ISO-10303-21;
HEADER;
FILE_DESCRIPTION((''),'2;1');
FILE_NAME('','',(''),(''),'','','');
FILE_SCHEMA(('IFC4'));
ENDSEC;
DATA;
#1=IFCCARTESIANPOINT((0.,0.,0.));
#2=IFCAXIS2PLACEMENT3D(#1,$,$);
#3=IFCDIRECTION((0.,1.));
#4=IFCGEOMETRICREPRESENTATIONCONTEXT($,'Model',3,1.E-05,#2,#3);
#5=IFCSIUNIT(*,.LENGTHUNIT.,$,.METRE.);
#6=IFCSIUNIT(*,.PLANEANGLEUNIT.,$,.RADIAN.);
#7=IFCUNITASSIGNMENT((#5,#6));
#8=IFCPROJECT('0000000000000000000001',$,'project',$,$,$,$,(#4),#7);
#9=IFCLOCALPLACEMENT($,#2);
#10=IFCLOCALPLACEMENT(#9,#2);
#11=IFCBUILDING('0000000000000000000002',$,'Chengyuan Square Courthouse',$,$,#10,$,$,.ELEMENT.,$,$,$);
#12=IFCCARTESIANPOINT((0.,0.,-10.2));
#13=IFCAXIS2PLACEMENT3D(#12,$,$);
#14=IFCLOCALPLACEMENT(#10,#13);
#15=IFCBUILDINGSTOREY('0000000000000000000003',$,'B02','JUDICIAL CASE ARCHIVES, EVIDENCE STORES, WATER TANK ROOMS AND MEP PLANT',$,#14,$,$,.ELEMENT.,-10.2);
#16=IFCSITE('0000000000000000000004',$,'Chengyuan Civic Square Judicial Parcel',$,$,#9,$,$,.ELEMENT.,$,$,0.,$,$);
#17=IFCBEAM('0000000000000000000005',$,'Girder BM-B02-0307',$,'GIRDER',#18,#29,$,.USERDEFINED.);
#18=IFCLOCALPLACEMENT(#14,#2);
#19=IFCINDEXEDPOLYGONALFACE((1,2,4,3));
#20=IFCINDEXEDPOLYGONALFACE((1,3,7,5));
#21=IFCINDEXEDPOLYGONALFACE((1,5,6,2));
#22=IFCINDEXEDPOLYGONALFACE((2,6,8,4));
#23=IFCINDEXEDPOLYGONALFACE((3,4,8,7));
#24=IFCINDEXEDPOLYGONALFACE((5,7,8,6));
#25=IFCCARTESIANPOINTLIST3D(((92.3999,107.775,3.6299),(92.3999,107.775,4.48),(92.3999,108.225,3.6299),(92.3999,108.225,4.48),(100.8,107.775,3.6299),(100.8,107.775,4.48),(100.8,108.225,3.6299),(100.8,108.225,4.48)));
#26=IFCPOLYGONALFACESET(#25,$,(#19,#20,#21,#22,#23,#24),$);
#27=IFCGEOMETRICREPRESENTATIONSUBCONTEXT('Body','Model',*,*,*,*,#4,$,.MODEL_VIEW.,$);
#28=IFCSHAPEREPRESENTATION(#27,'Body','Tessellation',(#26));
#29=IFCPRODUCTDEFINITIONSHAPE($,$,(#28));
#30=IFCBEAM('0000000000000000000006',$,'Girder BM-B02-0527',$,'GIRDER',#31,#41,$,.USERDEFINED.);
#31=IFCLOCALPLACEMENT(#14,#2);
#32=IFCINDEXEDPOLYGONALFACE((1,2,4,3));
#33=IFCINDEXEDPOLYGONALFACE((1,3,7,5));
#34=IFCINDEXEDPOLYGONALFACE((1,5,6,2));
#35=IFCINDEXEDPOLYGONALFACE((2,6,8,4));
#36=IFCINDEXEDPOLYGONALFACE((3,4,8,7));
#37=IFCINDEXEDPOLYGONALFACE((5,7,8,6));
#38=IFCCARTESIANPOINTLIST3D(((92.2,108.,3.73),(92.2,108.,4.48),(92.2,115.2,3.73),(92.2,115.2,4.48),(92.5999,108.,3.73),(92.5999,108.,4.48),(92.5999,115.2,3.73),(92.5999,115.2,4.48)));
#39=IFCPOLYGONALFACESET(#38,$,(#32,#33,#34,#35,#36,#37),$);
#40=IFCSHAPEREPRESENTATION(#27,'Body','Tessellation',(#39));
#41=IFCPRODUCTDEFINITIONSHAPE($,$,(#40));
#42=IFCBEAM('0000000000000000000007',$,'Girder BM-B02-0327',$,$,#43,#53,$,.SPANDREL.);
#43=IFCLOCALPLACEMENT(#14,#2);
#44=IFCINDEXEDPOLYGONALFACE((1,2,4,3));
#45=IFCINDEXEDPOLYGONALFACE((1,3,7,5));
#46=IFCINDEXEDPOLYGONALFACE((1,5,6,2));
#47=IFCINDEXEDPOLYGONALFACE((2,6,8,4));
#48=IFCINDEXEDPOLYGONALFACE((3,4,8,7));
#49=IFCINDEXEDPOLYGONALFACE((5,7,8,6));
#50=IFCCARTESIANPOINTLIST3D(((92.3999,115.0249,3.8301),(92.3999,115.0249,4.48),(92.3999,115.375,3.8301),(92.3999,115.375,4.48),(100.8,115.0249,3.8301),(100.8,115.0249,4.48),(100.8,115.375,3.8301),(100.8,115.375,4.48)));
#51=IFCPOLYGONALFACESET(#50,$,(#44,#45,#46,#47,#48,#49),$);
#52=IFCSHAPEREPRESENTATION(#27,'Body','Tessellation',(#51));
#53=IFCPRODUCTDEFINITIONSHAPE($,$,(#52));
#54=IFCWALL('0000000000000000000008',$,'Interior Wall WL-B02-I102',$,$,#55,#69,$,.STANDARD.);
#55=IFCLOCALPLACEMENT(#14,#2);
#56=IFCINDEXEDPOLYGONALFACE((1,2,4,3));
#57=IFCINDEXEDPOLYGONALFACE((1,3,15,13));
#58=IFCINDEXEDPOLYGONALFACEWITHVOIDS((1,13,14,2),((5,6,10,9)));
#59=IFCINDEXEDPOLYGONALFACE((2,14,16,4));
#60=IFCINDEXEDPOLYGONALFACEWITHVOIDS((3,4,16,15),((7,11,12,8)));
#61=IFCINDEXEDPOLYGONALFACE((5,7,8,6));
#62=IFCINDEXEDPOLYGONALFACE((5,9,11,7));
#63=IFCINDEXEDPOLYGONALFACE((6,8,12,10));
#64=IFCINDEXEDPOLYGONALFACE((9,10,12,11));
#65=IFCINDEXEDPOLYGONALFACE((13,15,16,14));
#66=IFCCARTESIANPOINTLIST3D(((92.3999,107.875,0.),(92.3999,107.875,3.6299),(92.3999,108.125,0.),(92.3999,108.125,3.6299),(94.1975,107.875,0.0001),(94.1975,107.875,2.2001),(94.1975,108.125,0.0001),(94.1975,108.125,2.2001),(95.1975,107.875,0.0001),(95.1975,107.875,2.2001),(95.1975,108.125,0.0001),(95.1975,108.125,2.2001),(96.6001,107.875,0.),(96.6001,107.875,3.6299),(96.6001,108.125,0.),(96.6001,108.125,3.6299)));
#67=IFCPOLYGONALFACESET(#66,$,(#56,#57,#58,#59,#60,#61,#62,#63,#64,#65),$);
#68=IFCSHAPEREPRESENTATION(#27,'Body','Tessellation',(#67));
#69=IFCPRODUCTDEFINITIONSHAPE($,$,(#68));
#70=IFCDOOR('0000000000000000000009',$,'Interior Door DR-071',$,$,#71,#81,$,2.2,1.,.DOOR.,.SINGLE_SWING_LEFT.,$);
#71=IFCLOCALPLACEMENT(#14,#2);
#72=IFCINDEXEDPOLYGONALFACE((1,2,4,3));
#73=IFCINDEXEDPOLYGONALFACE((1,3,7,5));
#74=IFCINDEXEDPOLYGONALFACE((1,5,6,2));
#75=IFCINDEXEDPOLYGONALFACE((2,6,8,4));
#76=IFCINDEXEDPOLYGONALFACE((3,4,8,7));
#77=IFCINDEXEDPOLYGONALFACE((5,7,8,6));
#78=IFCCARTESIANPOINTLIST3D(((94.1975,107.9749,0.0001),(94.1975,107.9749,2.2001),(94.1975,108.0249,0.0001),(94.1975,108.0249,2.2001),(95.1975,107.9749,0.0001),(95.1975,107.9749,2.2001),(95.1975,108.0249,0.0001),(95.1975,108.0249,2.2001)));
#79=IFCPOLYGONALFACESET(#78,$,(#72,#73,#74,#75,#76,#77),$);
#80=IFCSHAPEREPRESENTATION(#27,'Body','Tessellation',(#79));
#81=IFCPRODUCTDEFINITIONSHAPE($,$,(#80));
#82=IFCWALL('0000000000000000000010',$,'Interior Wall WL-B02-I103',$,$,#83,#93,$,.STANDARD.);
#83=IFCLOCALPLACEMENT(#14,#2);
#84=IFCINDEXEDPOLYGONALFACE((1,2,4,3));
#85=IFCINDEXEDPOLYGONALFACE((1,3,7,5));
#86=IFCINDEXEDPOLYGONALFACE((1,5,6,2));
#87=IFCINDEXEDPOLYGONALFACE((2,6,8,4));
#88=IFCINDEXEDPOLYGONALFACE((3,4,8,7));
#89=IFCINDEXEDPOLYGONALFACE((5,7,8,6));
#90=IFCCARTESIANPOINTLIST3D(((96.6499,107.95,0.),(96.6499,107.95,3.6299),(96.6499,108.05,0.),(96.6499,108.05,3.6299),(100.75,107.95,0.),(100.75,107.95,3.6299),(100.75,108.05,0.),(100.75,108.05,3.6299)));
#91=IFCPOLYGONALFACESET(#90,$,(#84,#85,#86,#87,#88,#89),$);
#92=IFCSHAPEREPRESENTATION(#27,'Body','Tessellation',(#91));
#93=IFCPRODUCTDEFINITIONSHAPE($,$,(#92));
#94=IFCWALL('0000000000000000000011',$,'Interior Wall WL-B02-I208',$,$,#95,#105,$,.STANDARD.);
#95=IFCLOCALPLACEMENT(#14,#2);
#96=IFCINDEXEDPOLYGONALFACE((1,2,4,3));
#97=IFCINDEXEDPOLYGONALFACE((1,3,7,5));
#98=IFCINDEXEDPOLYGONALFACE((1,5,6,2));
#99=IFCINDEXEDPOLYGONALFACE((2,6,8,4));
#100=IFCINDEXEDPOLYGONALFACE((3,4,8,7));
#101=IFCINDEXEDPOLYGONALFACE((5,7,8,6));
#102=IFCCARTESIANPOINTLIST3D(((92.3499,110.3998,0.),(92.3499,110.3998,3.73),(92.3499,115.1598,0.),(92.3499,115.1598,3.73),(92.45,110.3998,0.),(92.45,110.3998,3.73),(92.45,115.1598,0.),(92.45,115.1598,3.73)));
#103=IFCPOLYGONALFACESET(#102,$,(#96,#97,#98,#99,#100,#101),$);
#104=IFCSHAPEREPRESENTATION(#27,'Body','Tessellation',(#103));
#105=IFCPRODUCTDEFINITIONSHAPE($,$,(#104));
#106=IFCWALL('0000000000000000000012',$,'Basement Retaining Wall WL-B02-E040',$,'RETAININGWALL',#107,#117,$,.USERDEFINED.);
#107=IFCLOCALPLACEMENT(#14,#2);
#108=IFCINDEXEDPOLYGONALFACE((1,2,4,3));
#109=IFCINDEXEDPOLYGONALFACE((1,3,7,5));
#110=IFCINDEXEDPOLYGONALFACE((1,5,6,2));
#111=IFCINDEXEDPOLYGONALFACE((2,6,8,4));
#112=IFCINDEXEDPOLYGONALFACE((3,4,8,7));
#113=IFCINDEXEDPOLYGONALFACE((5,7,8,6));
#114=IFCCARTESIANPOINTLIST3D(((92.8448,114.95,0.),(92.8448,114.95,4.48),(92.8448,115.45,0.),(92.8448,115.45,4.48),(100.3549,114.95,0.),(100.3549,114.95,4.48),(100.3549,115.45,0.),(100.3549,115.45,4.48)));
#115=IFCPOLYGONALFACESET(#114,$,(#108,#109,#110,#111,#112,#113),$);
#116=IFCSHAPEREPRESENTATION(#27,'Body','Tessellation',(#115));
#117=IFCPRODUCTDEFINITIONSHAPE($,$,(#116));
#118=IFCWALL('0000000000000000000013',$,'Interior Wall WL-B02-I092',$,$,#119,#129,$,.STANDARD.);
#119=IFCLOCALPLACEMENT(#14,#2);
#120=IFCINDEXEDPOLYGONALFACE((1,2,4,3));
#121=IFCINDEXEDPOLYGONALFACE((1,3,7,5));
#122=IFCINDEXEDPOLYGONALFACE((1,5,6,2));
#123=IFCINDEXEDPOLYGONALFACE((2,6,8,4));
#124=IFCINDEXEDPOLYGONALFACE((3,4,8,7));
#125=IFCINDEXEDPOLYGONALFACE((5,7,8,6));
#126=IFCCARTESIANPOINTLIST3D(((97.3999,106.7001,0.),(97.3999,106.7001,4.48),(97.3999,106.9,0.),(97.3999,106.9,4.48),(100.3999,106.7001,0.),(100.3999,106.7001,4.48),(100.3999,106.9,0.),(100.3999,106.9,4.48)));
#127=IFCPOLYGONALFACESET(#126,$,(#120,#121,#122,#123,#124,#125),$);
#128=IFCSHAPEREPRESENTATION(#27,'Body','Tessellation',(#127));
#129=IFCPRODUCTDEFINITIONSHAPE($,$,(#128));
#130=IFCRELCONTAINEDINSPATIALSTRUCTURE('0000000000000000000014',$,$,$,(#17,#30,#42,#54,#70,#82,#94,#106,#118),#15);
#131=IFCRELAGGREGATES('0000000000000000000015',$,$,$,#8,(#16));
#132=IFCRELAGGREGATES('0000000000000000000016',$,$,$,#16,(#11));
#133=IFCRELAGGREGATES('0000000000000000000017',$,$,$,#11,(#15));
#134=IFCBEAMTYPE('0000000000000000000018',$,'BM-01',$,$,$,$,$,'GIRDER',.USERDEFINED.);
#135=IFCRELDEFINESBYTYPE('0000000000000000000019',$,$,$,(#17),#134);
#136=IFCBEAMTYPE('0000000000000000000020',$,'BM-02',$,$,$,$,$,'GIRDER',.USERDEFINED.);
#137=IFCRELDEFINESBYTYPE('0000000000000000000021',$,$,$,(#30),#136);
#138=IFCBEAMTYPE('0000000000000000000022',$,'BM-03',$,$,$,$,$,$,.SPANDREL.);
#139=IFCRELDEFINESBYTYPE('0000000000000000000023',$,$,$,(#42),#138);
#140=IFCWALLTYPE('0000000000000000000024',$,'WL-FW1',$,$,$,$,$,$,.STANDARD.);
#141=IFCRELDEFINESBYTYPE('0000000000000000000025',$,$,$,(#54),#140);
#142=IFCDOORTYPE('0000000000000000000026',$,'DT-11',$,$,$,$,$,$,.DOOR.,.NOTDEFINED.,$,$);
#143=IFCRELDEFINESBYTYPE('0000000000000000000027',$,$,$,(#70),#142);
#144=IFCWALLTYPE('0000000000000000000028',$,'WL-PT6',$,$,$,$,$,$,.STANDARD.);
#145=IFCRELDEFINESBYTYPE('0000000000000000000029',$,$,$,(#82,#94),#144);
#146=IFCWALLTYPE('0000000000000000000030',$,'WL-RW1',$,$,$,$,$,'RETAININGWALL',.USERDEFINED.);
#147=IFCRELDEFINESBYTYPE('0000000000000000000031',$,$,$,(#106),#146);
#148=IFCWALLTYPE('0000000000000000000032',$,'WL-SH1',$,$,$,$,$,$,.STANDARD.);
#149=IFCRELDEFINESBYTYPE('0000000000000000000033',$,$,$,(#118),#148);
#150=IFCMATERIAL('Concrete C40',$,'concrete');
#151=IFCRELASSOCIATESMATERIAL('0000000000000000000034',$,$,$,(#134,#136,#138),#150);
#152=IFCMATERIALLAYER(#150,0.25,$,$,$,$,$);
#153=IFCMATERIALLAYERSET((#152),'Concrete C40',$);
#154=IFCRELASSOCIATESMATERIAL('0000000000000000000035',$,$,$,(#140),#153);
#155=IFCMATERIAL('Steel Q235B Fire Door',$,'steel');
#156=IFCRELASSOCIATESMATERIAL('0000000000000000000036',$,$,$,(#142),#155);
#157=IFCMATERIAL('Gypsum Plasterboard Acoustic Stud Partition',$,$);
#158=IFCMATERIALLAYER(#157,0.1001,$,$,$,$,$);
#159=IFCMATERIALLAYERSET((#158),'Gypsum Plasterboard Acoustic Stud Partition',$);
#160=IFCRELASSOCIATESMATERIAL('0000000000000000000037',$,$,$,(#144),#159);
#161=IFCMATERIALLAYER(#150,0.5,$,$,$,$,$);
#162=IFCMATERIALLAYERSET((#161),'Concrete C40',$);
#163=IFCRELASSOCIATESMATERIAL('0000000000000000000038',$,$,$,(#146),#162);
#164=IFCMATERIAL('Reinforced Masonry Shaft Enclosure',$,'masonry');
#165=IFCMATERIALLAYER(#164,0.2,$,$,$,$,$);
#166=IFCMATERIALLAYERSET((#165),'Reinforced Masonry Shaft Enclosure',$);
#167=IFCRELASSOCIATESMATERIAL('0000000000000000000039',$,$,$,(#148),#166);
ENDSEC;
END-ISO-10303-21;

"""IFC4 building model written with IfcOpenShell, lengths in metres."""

from ifc_helpers import new_model, si_unit, direction, frame, frame_2d, origin, origin_2d, place, context, subcontext, project, spatial, rectangle, extrude, material, layer, layer_set, material_profile, profile_set, type_object, element, fill, save


model = new_model("IFC4")

# Units and contexts
model_context = context("Model", 3, precision=1e-05, world=origin(), true_north=direction((0.0, 1.0)))
body_context = subcontext(model_context, "Body", "Model", "MODEL_VIEW")
ifc_project = project(units=[si_unit("LENGTHUNIT", "METRE"), si_unit("PLANEANGLEUNIT", "RADIAN")], contexts=[model_context])

# Site, building, storey
site_placement = place(None, origin())
site = spatial("IfcSite", under=ifc_project, at=site_placement, Name="Chengyuan Civic Square Judicial Parcel", CompositionType="ELEMENT", RefElevation=0.0)
building_placement = place(site_placement, origin())
building = spatial("IfcBuilding", under=site, at=building_placement, Name="Chengyuan Square Courthouse", CompositionType="ELEMENT")
storey_placement = place(building_placement, frame((0.0, 0.0, -10.2)))
storey = spatial("IfcBuildingStorey", under=building, at=storey_placement, Name="B02", Description="JUDICIAL CASE ARCHIVES, EVIDENCE STORES, WATER TANK ROOMS AND MEP PLANT", CompositionType="ELEMENT", Elevation=-10.2)

# Shared definitions
ifc_material_1 = material(Name="Concrete C40", Category="concrete")

# Beams
ifc_material_profile_1 = material_profile(ifc_material_1, rectangle(XDim=0.45, YDim=0.8501, at=origin_2d()), Name="RC-BM-450x850")
ifc_profile_set_1 = profile_set([ifc_material_profile_1], Name="Concrete C40")
beam_type_1 = type_object("IfcBeamType", Name="BM-01", ElementType="GIRDER", PredefinedType="USERDEFINED", material=ifc_profile_set_1)
beam_1_placement = place(storey_placement, frame((92.3999, 108.0, 4.0549), z_axis=(1.0, 0.0, 0.0), x_axis=(0.0, 1.0, 0.0)))
element("IfcBeam", 1, at=beam_1_placement, inside=storey, type_object=beam_type_1, Name="Girder BM-B02-0307", ObjectType="GIRDER", PredefinedType="USERDEFINED", context=body_context, shape_type="SweptSolid", body=[
    extrude(rectangle(XDim=0.45, YDim=0.8501, at=origin_2d()), origin(), (0.0, 0.0, 1.0), 8.4001),
])
ifc_material_profile_2 = material_profile(ifc_material_1, rectangle(XDim=0.3999, YDim=0.75, at=origin_2d()), Name="RC-BM-400x750")
ifc_profile_set_2 = profile_set([ifc_material_profile_2], Name="Concrete C40")
beam_type_2 = type_object("IfcBeamType", Name="BM-02", ElementType="GIRDER", PredefinedType="USERDEFINED", material=ifc_profile_set_2)
beam_2_placement = place(storey_placement, frame((92.3999, 108.0, 4.105), z_axis=(0.0, 1.0, 0.0), x_axis=(-1.0, 0.0, 0.0)))
element("IfcBeam", 2, at=beam_2_placement, inside=storey, type_object=beam_type_2, Name="Girder BM-B02-0527", ObjectType="GIRDER", PredefinedType="USERDEFINED", context=body_context, shape_type="SweptSolid", body=[
    extrude(rectangle(XDim=0.3999, YDim=0.75, at=origin_2d()), origin(), (0.0, 0.0, 1.0), 7.2),
])
ifc_material_profile_3 = material_profile(ifc_material_1, rectangle(XDim=0.3501, YDim=0.6499, at=origin_2d()), Name="RC-BM-350x650")
ifc_profile_set_3 = profile_set([ifc_material_profile_3], Name="Concrete C40")
beam_type_3 = type_object("IfcBeamType", Name="BM-03", PredefinedType="SPANDREL", material=ifc_profile_set_3)
beam_3_placement = place(storey_placement, frame((92.3999, 115.2, 4.155), z_axis=(1.0, 0.0, 0.0), x_axis=(0.0, 1.0, 0.0)))
element("IfcBeam", 3, at=beam_3_placement, inside=storey, type_object=beam_type_3, Name="Girder BM-B02-0327", PredefinedType="SPANDREL", context=body_context, shape_type="SweptSolid", body=[
    extrude(rectangle(XDim=0.3501, YDim=0.6499, at=origin_2d()), origin(), (0.0, 0.0, 1.0), 8.4001),
])

# Wall, opening, door
ifc_layer_1 = layer(ifc_material_1, 0.25)
ifc_layer_set_1 = layer_set([ifc_layer_1], Name="Concrete C40")
wall_type_1 = type_object("IfcWallType", Name="WL-FW1", PredefinedType="STANDARD", material=ifc_layer_set_1)
wall_1_placement = place(storey_placement, frame((92.3999, 108.0, 0.0), z_axis=(0.0, 0.0, 1.0), x_axis=(1.0, 0.0, 0.0)))
wall_1 = element("IfcWall", 4, at=wall_1_placement, inside=storey, type_object=wall_type_1, Name="Interior Wall WL-B02-I102", PredefinedType="STANDARD", context=body_context, shape_type="SweptSolid", body=[
    extrude(rectangle(XDim=4.2002, YDim=0.25, at=frame_2d((2.1001, 0.0))), origin(), (0.0, 0.0, 1.0), 3.6299),
])
opening_placement = place(wall_1_placement, frame((1.7976, 0.0, 0.0)))
opening = element("IfcOpeningElement", 5, at=opening_placement, cuts=wall_1, PredefinedType="OPENING", context=body_context, shape_type="SweptSolid", body=[
    extrude(rectangle(XDim=1.0, YDim=2.2, at=frame_2d((0.5, 1.1001))), frame((0.0, 0.137, 0.0), z_axis=(0.0, -1.0, 0.0), x_axis=(1.0, 0.0, 0.0)), (0.0, 0.0, 1.0), 0.2739),
])
ifc_material_2 = material(Name="Steel Q235B Fire Door", Category="steel")
door_type = type_object("IfcDoorType", Name="DT-11", OperationType="NOTDEFINED", PredefinedType="DOOR", material=ifc_material_2)
door_placement = place(opening_placement, origin())
door = element("IfcDoor", 6, at=door_placement, inside=storey, type_object=door_type, Name="Interior Door DR-071", OperationType="SINGLE_SWING_LEFT", OverallHeight=2.2, OverallWidth=1.0, PredefinedType="DOOR", context=body_context, shape_type="SweptSolid", body=[
    extrude(rectangle(XDim=1.0, YDim=2.2, at=frame_2d((0.5, 1.1001))), frame((0.0, 0.0249, 0.0), z_axis=(0.0, -1.0, 0.0), x_axis=(1.0, 0.0, 0.0)), (0.0, 0.0, 1.0), 0.05),
])
fill(opening, door)

# Walls
ifc_material_3 = material(Name="Gypsum Plasterboard Acoustic Stud Partition")
ifc_layer_2 = layer(ifc_material_3, 0.1001)
ifc_layer_set_2 = layer_set([ifc_layer_2], Name="Gypsum Plasterboard Acoustic Stud Partition")
wall_type_2 = type_object("IfcWallType", Name="WL-PT6", PredefinedType="STANDARD", material=ifc_layer_set_2)
wall_2_placement = place(storey_placement, frame((96.6499, 108.0, 0.0), z_axis=(0.0, 0.0, 1.0), x_axis=(1.0, 0.0, 0.0)))
element("IfcWall", 7, at=wall_2_placement, inside=storey, type_object=wall_type_2, Name="Interior Wall WL-B02-I103", PredefinedType="STANDARD", context=body_context, shape_type="SweptSolid", body=[
    extrude(rectangle(XDim=4.1001, YDim=0.1001, at=frame_2d((2.05, 0.0))), origin(), (0.0, 0.0, 1.0), 3.6299),
])
wall_3_placement = place(storey_placement, frame((92.3999, 110.3999, 0.0), z_axis=(0.0, 0.0, 1.0), x_axis=(0.0, 1.0, 0.0)))
element("IfcWall", 8, at=wall_3_placement, inside=storey, type_object=wall_type_2, Name="Interior Wall WL-B02-I208", PredefinedType="STANDARD", context=body_context, shape_type="SweptSolid", body=[
    extrude(rectangle(XDim=4.76, YDim=0.1001, at=frame_2d((2.3799, 0.0))), origin(), (0.0, 0.0, 1.0), 3.73),
])
ifc_layer_3 = layer(ifc_material_1, 0.5)
ifc_layer_set_3 = layer_set([ifc_layer_3], Name="Concrete C40")
wall_type_3 = type_object("IfcWallType", Name="WL-RW1", ElementType="RETAININGWALL", PredefinedType="USERDEFINED", material=ifc_layer_set_3)
wall_4_placement = place(storey_placement, frame((92.845, 115.2, 0.0), z_axis=(0.0, 0.0, 1.0), x_axis=(1.0, 0.0, 0.0)))
element("IfcWall", 9, at=wall_4_placement, inside=storey, type_object=wall_type_3, Name="Basement Retaining Wall WL-B02-E040", ObjectType="RETAININGWALL", PredefinedType="USERDEFINED", context=body_context, shape_type="SweptSolid", body=[
    extrude(rectangle(XDim=7.51, YDim=0.5, at=frame_2d((3.7549, 0.0))), origin(), (0.0, 0.0, 1.0), 4.48),
])
ifc_material_4 = material(Name="Reinforced Masonry Shaft Enclosure", Category="masonry")
ifc_layer_4 = layer(ifc_material_4, 0.2)
ifc_layer_set_4 = layer_set([ifc_layer_4], Name="Reinforced Masonry Shaft Enclosure")
wall_type_4 = type_object("IfcWallType", Name="WL-SH1", PredefinedType="STANDARD", material=ifc_layer_set_4)
wall_5_placement = place(storey_placement, frame((97.3999, 106.8, 0.0), z_axis=(0.0, 0.0, 1.0), x_axis=(1.0, 0.0, 0.0)))
element("IfcWall", 10, at=wall_5_placement, inside=storey, type_object=wall_type_4, Name="Interior Wall WL-B02-I092", PredefinedType="STANDARD", context=body_context, shape_type="SweptSolid", body=[
    extrude(rectangle(XDim=3.0, YDim=0.2, at=frame_2d((1.5, 0.0))), origin(), (0.0, 0.0, 1.0), 4.48),
])

save(model, "model.ifc")
